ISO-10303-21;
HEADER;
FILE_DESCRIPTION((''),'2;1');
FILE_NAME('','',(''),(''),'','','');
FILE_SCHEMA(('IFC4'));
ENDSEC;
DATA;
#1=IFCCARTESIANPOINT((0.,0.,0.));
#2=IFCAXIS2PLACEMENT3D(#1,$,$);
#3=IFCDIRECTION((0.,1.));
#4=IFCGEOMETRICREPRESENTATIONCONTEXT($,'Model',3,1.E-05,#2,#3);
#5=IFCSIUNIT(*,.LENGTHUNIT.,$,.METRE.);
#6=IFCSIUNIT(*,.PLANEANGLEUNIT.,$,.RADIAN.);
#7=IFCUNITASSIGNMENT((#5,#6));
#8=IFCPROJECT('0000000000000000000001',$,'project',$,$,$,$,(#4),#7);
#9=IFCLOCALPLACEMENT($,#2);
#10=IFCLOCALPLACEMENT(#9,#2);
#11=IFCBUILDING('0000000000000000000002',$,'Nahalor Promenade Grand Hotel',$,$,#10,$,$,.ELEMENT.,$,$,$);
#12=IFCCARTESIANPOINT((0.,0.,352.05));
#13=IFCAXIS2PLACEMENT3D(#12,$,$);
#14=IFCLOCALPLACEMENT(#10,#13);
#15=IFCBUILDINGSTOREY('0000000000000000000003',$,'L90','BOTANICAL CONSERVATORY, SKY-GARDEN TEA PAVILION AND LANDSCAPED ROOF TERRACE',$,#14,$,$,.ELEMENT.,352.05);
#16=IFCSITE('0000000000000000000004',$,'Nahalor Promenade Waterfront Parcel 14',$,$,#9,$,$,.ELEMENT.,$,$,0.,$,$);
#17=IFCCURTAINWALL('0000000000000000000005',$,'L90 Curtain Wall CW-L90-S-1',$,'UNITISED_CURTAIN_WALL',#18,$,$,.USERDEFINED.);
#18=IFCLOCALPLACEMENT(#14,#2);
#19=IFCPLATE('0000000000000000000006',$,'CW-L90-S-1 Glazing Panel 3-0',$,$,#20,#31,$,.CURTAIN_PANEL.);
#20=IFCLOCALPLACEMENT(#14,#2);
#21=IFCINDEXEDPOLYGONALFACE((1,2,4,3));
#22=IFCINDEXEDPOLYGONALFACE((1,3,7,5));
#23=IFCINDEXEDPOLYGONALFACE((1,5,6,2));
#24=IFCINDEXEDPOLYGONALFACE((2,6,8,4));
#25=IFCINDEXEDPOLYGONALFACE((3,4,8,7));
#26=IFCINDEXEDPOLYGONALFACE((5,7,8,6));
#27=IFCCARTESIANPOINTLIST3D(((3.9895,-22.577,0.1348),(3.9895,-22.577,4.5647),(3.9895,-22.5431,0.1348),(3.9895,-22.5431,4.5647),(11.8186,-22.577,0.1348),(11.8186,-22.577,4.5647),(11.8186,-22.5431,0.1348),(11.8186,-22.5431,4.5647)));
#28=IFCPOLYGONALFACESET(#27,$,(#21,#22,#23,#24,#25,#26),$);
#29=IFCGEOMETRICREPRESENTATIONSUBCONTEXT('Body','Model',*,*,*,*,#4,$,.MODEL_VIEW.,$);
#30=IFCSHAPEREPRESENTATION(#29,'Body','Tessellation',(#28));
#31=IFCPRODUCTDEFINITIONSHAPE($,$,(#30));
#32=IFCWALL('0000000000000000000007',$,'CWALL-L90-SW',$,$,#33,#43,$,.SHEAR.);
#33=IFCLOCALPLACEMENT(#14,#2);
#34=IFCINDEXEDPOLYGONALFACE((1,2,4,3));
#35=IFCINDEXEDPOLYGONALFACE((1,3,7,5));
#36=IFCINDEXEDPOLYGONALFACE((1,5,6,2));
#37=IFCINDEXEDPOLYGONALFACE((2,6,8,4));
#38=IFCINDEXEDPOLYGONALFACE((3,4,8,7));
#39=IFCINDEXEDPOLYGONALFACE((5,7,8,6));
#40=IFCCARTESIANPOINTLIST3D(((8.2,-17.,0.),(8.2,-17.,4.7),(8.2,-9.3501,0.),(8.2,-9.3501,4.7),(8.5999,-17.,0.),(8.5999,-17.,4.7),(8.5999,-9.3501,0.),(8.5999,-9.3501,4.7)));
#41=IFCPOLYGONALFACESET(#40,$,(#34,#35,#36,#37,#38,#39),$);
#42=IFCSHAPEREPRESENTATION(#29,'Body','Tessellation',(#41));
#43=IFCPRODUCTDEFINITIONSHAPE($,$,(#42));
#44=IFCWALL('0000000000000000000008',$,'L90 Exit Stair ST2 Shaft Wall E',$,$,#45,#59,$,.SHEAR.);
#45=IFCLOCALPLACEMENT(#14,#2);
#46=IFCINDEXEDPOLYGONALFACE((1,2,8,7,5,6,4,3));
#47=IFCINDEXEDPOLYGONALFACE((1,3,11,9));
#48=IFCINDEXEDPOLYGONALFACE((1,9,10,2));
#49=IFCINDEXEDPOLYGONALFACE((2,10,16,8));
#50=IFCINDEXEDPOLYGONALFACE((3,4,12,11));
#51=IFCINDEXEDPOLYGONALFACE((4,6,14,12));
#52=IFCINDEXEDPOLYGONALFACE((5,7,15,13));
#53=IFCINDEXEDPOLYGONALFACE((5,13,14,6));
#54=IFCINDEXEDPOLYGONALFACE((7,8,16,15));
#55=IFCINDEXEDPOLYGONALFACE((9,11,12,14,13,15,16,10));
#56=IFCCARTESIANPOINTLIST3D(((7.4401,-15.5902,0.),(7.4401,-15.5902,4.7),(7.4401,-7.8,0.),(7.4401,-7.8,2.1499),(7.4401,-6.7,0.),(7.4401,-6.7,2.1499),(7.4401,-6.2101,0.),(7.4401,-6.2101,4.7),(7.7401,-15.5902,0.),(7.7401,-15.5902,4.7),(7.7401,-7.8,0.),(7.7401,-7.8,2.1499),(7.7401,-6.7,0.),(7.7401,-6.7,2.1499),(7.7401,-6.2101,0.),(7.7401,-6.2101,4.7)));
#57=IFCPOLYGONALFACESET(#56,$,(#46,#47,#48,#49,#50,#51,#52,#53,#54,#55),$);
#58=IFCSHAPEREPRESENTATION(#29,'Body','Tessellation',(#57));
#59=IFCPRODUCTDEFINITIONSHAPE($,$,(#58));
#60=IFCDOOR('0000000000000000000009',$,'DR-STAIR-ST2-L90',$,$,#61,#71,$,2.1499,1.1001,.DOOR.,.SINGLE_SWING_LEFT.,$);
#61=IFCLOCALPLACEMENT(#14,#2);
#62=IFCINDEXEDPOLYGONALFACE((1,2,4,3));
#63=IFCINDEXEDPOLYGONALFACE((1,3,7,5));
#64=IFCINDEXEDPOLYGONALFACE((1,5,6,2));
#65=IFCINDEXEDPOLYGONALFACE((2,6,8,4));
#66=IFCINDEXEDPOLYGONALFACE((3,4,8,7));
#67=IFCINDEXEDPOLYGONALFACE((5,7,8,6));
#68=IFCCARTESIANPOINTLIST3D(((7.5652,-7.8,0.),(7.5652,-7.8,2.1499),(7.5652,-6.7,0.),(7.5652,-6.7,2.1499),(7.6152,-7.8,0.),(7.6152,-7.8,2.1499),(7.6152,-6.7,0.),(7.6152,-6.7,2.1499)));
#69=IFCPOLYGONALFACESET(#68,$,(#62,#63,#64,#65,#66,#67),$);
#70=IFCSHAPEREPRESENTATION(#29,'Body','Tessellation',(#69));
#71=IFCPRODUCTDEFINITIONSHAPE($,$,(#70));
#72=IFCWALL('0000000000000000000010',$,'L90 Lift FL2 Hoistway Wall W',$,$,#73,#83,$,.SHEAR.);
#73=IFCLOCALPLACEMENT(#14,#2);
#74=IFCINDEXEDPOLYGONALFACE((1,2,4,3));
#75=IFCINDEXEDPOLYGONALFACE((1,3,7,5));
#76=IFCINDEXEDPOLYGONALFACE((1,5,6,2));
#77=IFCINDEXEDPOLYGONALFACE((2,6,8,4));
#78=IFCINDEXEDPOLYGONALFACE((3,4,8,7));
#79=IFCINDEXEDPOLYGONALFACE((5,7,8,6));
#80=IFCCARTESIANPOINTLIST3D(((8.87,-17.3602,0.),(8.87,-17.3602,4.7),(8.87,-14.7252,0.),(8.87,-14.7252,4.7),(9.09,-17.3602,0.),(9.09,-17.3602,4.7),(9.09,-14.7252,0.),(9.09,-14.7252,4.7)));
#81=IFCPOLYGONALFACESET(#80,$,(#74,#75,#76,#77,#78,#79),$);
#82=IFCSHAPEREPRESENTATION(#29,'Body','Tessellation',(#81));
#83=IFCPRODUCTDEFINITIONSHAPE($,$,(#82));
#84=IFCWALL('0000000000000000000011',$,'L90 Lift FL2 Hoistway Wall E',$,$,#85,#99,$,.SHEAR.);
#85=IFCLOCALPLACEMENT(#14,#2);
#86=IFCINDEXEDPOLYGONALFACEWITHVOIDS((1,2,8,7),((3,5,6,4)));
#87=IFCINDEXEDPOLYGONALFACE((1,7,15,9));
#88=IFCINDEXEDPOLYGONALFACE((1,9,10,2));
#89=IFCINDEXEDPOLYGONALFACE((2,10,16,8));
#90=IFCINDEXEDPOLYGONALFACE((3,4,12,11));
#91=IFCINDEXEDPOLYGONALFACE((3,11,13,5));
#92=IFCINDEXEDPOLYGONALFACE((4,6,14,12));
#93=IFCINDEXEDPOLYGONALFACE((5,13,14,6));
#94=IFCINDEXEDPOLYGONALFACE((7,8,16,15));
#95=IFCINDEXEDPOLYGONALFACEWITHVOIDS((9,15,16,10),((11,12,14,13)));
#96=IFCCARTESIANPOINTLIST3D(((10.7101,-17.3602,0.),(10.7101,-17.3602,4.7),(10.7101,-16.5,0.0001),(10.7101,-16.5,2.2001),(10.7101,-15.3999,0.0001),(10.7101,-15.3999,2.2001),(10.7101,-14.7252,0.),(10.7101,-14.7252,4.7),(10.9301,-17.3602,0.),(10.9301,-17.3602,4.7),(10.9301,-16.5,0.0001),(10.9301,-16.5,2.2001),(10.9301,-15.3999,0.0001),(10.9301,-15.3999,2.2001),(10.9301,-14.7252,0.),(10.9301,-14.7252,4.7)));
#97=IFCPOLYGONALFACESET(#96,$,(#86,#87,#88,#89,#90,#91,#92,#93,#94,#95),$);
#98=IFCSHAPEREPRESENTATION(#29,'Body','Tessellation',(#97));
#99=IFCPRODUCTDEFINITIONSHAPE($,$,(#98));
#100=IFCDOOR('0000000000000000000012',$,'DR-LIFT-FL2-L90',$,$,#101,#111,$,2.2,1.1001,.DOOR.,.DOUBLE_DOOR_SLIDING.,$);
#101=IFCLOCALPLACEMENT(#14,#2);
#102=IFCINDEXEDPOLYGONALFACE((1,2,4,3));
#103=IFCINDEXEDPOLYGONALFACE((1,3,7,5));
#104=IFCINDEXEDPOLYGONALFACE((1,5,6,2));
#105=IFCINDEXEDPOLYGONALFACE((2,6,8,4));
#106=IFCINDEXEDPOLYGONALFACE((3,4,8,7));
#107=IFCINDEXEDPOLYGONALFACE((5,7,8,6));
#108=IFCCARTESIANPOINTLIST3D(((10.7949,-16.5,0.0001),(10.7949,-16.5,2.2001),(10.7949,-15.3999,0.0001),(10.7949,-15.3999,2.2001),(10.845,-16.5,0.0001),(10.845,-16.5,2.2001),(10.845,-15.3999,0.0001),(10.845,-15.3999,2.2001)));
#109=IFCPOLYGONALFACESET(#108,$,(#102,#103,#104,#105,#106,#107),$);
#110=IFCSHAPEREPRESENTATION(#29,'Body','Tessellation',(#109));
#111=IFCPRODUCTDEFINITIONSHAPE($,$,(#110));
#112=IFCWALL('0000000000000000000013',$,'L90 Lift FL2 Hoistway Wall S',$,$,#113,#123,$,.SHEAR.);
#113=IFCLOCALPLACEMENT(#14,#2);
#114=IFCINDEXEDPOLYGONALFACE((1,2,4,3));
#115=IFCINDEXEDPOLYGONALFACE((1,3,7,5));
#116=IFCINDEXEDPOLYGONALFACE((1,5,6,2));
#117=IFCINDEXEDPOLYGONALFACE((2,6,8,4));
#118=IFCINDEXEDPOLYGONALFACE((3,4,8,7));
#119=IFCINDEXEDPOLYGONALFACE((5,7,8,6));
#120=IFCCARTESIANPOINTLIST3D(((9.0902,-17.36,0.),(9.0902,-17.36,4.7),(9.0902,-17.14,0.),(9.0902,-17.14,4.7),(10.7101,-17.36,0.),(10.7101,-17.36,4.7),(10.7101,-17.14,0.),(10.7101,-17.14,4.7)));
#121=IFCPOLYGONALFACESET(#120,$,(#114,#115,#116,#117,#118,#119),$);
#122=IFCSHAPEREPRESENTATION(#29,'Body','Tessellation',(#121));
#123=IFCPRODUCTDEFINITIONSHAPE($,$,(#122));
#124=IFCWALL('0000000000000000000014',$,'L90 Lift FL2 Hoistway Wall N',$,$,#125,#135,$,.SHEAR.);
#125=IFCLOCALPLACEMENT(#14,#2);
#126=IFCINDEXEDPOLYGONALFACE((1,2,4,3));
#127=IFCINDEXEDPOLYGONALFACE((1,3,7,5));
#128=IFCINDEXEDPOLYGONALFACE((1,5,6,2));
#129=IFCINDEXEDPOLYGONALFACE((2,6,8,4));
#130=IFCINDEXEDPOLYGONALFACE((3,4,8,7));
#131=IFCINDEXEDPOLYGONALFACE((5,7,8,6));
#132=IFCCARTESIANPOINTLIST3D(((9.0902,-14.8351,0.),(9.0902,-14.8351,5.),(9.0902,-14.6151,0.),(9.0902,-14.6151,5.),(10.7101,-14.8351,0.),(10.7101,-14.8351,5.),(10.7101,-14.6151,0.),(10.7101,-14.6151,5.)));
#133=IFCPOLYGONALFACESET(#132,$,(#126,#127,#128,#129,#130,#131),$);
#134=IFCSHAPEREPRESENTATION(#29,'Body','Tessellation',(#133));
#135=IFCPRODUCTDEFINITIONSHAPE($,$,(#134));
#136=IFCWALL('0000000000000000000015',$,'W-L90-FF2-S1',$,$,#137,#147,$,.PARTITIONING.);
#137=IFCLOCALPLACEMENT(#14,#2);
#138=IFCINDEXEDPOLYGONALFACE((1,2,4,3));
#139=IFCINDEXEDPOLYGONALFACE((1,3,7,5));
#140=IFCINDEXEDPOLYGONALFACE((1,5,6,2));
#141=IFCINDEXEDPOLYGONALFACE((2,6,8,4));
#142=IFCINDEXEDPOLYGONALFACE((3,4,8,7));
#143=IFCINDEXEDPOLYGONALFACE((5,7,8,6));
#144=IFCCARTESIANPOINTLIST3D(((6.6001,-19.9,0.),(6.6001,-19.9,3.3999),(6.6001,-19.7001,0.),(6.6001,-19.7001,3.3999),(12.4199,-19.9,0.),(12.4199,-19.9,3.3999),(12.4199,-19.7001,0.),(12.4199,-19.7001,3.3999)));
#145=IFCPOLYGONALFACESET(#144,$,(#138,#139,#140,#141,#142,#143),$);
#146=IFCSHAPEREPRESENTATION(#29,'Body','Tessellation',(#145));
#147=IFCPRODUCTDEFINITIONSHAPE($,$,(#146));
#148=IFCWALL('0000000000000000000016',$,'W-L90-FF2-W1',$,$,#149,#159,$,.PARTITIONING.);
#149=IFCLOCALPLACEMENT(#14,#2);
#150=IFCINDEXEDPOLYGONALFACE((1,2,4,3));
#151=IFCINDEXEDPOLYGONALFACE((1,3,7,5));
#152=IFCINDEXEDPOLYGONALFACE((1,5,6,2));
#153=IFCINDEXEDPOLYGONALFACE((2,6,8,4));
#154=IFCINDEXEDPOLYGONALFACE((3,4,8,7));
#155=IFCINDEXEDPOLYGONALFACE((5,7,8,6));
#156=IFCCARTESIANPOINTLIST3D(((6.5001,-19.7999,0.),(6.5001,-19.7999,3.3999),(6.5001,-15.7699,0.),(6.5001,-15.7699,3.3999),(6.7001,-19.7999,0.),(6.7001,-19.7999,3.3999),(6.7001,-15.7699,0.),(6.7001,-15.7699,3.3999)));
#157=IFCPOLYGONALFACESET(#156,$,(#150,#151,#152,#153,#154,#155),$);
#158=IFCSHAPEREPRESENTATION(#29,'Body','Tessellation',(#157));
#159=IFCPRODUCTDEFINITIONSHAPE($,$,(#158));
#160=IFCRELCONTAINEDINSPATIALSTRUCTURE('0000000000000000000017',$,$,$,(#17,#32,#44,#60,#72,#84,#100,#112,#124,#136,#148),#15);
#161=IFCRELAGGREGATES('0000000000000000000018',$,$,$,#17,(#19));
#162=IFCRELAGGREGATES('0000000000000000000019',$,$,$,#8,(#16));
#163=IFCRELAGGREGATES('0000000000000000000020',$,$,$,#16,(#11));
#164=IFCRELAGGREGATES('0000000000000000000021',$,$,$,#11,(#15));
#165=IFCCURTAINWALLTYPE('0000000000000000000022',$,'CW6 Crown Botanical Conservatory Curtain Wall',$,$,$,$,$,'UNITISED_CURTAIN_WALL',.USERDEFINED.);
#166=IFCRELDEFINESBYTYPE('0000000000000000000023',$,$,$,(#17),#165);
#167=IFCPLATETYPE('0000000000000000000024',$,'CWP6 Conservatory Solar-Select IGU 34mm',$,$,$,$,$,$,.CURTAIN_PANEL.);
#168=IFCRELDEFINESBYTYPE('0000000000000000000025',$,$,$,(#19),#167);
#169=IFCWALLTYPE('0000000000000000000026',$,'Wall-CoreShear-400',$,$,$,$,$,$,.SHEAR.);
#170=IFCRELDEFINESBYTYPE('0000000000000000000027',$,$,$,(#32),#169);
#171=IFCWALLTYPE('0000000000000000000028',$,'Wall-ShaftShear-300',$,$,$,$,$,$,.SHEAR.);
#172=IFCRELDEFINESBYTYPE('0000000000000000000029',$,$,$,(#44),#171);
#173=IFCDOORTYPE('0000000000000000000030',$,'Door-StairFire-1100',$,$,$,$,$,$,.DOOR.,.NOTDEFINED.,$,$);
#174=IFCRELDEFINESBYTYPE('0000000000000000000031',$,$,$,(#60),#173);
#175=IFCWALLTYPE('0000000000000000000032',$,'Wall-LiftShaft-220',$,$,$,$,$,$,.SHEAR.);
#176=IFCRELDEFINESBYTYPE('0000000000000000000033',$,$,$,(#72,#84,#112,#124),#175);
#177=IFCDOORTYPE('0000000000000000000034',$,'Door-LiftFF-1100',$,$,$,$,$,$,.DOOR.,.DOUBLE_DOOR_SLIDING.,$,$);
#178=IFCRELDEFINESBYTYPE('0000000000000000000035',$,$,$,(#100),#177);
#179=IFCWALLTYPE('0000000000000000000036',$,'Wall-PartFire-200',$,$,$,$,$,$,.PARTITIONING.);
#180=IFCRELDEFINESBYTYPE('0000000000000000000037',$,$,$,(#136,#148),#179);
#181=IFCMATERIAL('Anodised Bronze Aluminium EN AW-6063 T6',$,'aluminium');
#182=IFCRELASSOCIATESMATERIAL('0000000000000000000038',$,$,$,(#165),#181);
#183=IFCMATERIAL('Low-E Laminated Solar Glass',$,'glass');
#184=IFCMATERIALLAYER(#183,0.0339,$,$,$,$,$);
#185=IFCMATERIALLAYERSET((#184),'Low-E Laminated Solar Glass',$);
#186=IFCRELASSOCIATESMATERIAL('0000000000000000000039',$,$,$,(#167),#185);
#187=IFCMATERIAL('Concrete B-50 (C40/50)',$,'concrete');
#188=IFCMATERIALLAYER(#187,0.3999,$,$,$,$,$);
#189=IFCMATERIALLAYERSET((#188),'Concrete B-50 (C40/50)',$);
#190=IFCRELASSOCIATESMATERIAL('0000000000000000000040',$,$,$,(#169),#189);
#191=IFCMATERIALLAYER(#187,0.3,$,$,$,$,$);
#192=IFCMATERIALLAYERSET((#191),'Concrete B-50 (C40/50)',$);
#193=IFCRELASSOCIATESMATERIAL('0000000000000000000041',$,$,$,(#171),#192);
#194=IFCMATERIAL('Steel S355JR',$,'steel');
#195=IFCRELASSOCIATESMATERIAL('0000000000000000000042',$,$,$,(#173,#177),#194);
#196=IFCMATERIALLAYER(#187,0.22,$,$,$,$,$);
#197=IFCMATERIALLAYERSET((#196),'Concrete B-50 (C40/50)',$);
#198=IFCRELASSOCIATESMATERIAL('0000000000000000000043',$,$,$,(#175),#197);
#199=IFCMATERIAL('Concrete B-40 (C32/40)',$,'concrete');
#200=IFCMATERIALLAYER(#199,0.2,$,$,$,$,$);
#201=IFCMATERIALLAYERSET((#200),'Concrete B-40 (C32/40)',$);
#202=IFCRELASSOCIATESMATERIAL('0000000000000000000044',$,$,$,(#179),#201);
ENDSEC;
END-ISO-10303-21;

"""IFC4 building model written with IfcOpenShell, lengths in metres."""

from ifc_helpers import new_model, si_unit, direction, frame, frame_2d, origin, origin_2d, place, context, subcontext, project, spatial, rectangle, extrude, source, transform, mapped, material, layer, layer_set, type_object, element, fill, aggregate, save


model = new_model("IFC4")

# Units and contexts
model_context = context("Model", 3, precision=1e-05, world=origin(), true_north=direction((0.0, 1.0)))
body_context = subcontext(model_context, "Body", "Model", "MODEL_VIEW")
ifc_project = project(units=[si_unit("LENGTHUNIT", "METRE"), si_unit("PLANEANGLEUNIT", "RADIAN")], contexts=[model_context])

# Site, building, storey
site_placement = place(None, origin())
site = spatial("IfcSite", under=ifc_project, at=site_placement, Name="Nahalor Promenade Waterfront Parcel 14", CompositionType="ELEMENT", RefElevation=0.0)
building_placement = place(site_placement, origin())
building = spatial("IfcBuilding", under=site, at=building_placement, Name="Nahalor Promenade Grand Hotel", CompositionType="ELEMENT")
storey_placement = place(building_placement, frame((0.0, 0.0, 352.05)))
storey = spatial("IfcBuildingStorey", under=building, at=storey_placement, Name="L90", Description="BOTANICAL CONSERVATORY, SKY-GARDEN TEA PAVILION AND LANDSCAPED ROOF TERRACE", CompositionType="ELEMENT", Elevation=352.05)

# Shared definitions
ifc_material_1 = material(Name="Concrete B-50 (C40/50)", Category="concrete")
ifc_material_2 = material(Name="Steel S355JR", Category="steel")

# Curtain wall, plate
ifc_material_3 = material(Name="Anodised Bronze Aluminium EN AW-6063 T6", Category="aluminium")
curtain_wall_type = type_object("IfcCurtainWallType", Name="CW6 Crown Botanical Conservatory Curtain Wall", ElementType="UNITISED_CURTAIN_WALL", PredefinedType="USERDEFINED", material=ifc_material_3)
curtain_wall_placement = place(storey_placement, origin())
curtain_wall = element("IfcCurtainWall", 1, at=curtain_wall_placement, inside=storey, type_object=curtain_wall_type, Name="L90 Curtain Wall CW-L90-S-1", ObjectType="UNITISED_CURTAIN_WALL", PredefinedType="USERDEFINED")
ifc_material_4 = material(Name="Low-E Laminated Solar Glass", Category="glass")
ifc_layer_1 = layer(ifc_material_4, 0.0339)
ifc_layer_set_1 = layer_set([ifc_layer_1], Name="Low-E Laminated Solar Glass")
plate_type = type_object("IfcPlateType", Name="CWP6 Conservatory Solar-Select IGU 34mm", PredefinedType="CURTAIN_PANEL", material=ifc_layer_set_1)
shared_shape_1 = source(origin(), body_context, "Body", "SweptSolid", [
    extrude(rectangle(XDim=7.8291, YDim=0.0339, at=origin_2d()), origin(), (0.0, 0.0, 1.0), 4.4299),
])
plate_placement = place(storey_placement, frame((7.9041, -22.5601, 0.1348), z_axis=(0.0, 0.0, 1.0), x_axis=(1.0, 0.0, 0.0)))
plate = element("IfcPlate", 2, at=plate_placement, type_object=plate_type, Name="CW-L90-S-1 Glazing Panel 3-0", PredefinedType="CURTAIN_PANEL", context=body_context, shape_type="MappedRepresentation", body=[
    mapped(shared_shape_1, transform((0.0, 0.0, 0.0), scale=1.0)),
])
aggregate(curtain_wall, [plate])

# Wall
ifc_layer_2 = layer(ifc_material_1, 0.3999)
ifc_layer_set_2 = layer_set([ifc_layer_2], Name="Concrete B-50 (C40/50)")
wall_type_1 = type_object("IfcWallType", Name="Wall-CoreShear-400", PredefinedType="SHEAR", material=ifc_layer_set_2)
shared_shape_2 = source(origin(), body_context, "Body", "SweptSolid", [
    extrude(rectangle(XDim=7.6499, YDim=0.3999, at=frame_2d((3.825, 0.0))), origin(), (0.0, 0.0, 1.0), 4.7),
])
wall_1_placement = place(storey_placement, frame((8.3999, -17.0, 0.0), z_axis=(0.0, 0.0, 1.0), x_axis=(0.0, 1.0, 0.0)))
element("IfcWall", 3, at=wall_1_placement, inside=storey, type_object=wall_type_1, Name="CWALL-L90-SW", PredefinedType="SHEAR", context=body_context, shape_type="MappedRepresentation", body=[
    mapped(shared_shape_2, transform((0.0, 0.0, 0.0), scale=1.0)),
])

# Wall, opening, door
ifc_layer_3 = layer(ifc_material_1, 0.3)
ifc_layer_set_3 = layer_set([ifc_layer_3], Name="Concrete B-50 (C40/50)")
wall_type_2 = type_object("IfcWallType", Name="Wall-ShaftShear-300", PredefinedType="SHEAR", material=ifc_layer_set_3)
shared_shape_3 = source(origin(), body_context, "Body", "SweptSolid", [
    extrude(rectangle(XDim=9.3801, YDim=0.3, at=frame_2d((4.6899, 0.0))), origin(), (0.0, 0.0, 1.0), 4.7),
])
wall_2_placement = place(storey_placement, frame((7.5901, -15.5901, 0.0), z_axis=(0.0, 0.0, 1.0), x_axis=(0.0, 1.0, 0.0)))
wall_2 = element("IfcWall", 4, at=wall_2_placement, inside=storey, type_object=wall_type_2, Name="L90 Exit Stair ST2 Shaft Wall E", PredefinedType="SHEAR", context=body_context, shape_type="MappedRepresentation", body=[
    mapped(shared_shape_3, transform((0.0, 0.0, 0.0), scale=1.0)),
])
opening_1_placement = place(wall_2_placement, frame((7.79, 0.0, 0.0)))
opening_1 = element("IfcOpeningElement", 5, at=opening_1_placement, cuts=wall_2, PredefinedType="OPENING", context=body_context, shape_type="SweptSolid", body=[
    extrude(rectangle(XDim=1.1001, YDim=2.1499, at=frame_2d((0.55, 1.075))), frame((0.0, 0.1599, 0.0), z_axis=(0.0, -1.0, 0.0), x_axis=(1.0, 0.0, 0.0)), (0.0, 0.0, 1.0), 0.3201),
])
door_type_1 = type_object("IfcDoorType", Name="Door-StairFire-1100", OperationType="NOTDEFINED", PredefinedType="DOOR", material=ifc_material_2)
shared_shape_4 = source(origin(), body_context, "Body", "SweptSolid", [
    extrude(rectangle(XDim=1.1001, YDim=2.1499, at=frame_2d((0.55, 1.075))), frame((0.0, 0.0249, 0.0), z_axis=(0.0, -1.0, 0.0), x_axis=(1.0, 0.0, 0.0)), (0.0, 0.0, 1.0), 0.05),
])
door_1_placement = place(opening_1_placement, origin())
door_1 = element("IfcDoor", 6, at=door_1_placement, inside=storey, type_object=door_type_1, Name="DR-STAIR-ST2-L90", OperationType="SINGLE_SWING_LEFT", OverallHeight=2.1499, OverallWidth=1.1001, PredefinedType="DOOR", context=body_context, shape_type="MappedRepresentation", body=[
    mapped(shared_shape_4, transform((0.0, 0.0, 0.0), scale=1.0)),
])
fill(opening_1, door_1)

# Wall
ifc_layer_4 = layer(ifc_material_1, 0.22)
ifc_layer_set_4 = layer_set([ifc_layer_4], Name="Concrete B-50 (C40/50)")
wall_type_3 = type_object("IfcWallType", Name="Wall-LiftShaft-220", PredefinedType="SHEAR", material=ifc_layer_set_4)
shared_shape_5 = source(origin(), body_context, "Body", "SweptSolid", [
    extrude(rectangle(XDim=2.635, YDim=0.22, at=frame_2d((1.3174, 0.0))), origin(), (0.0, 0.0, 1.0), 4.7),
])
wall_3_placement = place(storey_placement, frame((8.98, -17.3601, 0.0), z_axis=(0.0, 0.0, 1.0), x_axis=(0.0, 1.0, 0.0)))
element("IfcWall", 7, at=wall_3_placement, inside=storey, type_object=wall_type_3, Name="L90 Lift FL2 Hoistway Wall W", PredefinedType="SHEAR", context=body_context, shape_type="MappedRepresentation", body=[
    mapped(shared_shape_5, transform((0.0, 0.0, 0.0), scale=1.0)),
])

# Wall, opening, door
wall_4_placement = place(storey_placement, frame((10.8201, -17.3601, 0.0), z_axis=(0.0, 0.0, 1.0), x_axis=(0.0, 1.0, 0.0)))
wall_4 = element("IfcWall", 8, at=wall_4_placement, inside=storey, type_object=wall_type_3, Name="L90 Lift FL2 Hoistway Wall E", PredefinedType="SHEAR", context=body_context, shape_type="MappedRepresentation", body=[
    mapped(shared_shape_5, transform((0.0, 0.0, 0.0), scale=1.0)),
])
opening_2_placement = place(wall_4_placement, frame((0.8601, 0.0, 0.0)))
opening_2 = element("IfcOpeningElement", 9, at=opening_2_placement, cuts=wall_4, PredefinedType="OPENING", context=body_context, shape_type="SweptSolid", body=[
    extrude(rectangle(XDim=1.1001, YDim=2.2, at=frame_2d((0.55, 1.1001))), frame((0.0, 0.1199, 0.0), z_axis=(0.0, -1.0, 0.0), x_axis=(1.0, 0.0, 0.0)), (0.0, 0.0, 1.0), 0.24),
])
door_type_2 = type_object("IfcDoorType", Name="Door-LiftFF-1100", OperationType="DOUBLE_DOOR_SLIDING", PredefinedType="DOOR", material=ifc_material_2)
shared_shape_6 = source(origin(), body_context, "Body", "SweptSolid", [
    extrude(rectangle(XDim=1.1001, YDim=2.2, at=frame_2d((0.55, 1.1001))), frame((0.0, 0.0249, 0.0), z_axis=(0.0, -1.0, 0.0), x_axis=(1.0, 0.0, 0.0)), (0.0, 0.0, 1.0), 0.05),
])
door_2_placement = place(opening_2_placement, frame((1.1001, 0.0, 0.0), z_axis=(0.0, 0.0, 1.0), x_axis=(-1.0, 0.0, 0.0)))
door_2 = element("IfcDoor", 10, at=door_2_placement, inside=storey, type_object=door_type_2, Name="DR-LIFT-FL2-L90", OperationType="DOUBLE_DOOR_SLIDING", OverallHeight=2.2, OverallWidth=1.1001, PredefinedType="DOOR", context=body_context, shape_type="MappedRepresentation", body=[
    mapped(shared_shape_6, transform((0.0, 0.0, 0.0), scale=1.0)),
])
fill(opening_2, door_2)

# Walls
shared_shape_7 = source(origin(), body_context, "Body", "SweptSolid", [
    extrude(rectangle(XDim=1.6199, YDim=0.22, at=frame_2d((0.8101, 0.0))), origin(), (0.0, 0.0, 1.0), 4.7),
])
wall_5_placement = place(storey_placement, frame((9.0901, -17.25, 0.0), z_axis=(0.0, 0.0, 1.0), x_axis=(1.0, 0.0, 0.0)))
element("IfcWall", 11, at=wall_5_placement, inside=storey, type_object=wall_type_3, Name="L90 Lift FL2 Hoistway Wall S", PredefinedType="SHEAR", context=body_context, shape_type="MappedRepresentation", body=[
    mapped(shared_shape_7, transform((0.0, 0.0, 0.0), scale=1.0)),
])
shared_shape_8 = source(origin(), body_context, "Body", "SweptSolid", [
    extrude(rectangle(XDim=1.6199, YDim=0.22, at=frame_2d((0.8101, 0.0))), origin(), (0.0, 0.0, 1.0), 5.0),
])
wall_6_placement = place(storey_placement, frame((9.0901, -14.7251, 0.0), z_axis=(0.0, 0.0, 1.0), x_axis=(1.0, 0.0, 0.0)))
element("IfcWall", 12, at=wall_6_placement, inside=storey, type_object=wall_type_3, Name="L90 Lift FL2 Hoistway Wall N", PredefinedType="SHEAR", context=body_context, shape_type="MappedRepresentation", body=[
    mapped(shared_shape_8, transform((0.0, 0.0, 0.0), scale=1.0)),
])
ifc_material_5 = material(Name="Concrete B-40 (C32/40)", Category="concrete")
ifc_layer_5 = layer(ifc_material_5, 0.2)
ifc_layer_set_5 = layer_set([ifc_layer_5], Name="Concrete B-40 (C32/40)")
wall_type_4 = type_object("IfcWallType", Name="Wall-PartFire-200", PredefinedType="PARTITIONING", material=ifc_layer_set_5)
shared_shape_9 = source(origin(), body_context, "Body", "SweptSolid", [
    extrude(rectangle(XDim=5.8198, YDim=0.2, at=frame_2d((2.9099, 0.0))), origin(), (0.0, 0.0, 1.0), 3.3999),
])
wall_7_placement = place(storey_placement, frame((6.6001, -19.8, 0.0), z_axis=(0.0, 0.0, 1.0), x_axis=(1.0, 0.0, 0.0)))
element("IfcWall", 13, at=wall_7_placement, inside=storey, type_object=wall_type_4, Name="W-L90-FF2-S1", PredefinedType="PARTITIONING", context=body_context, shape_type="MappedRepresentation", body=[
    mapped(shared_shape_9, transform((0.0, 0.0, 0.0), scale=1.0)),
])
shared_shape_10 = source(origin(), body_context, "Body", "SweptSolid", [
    extrude(rectangle(XDim=4.03, YDim=0.2, at=frame_2d((2.0151, 0.0))), origin(), (0.0, 0.0, 1.0), 3.3999),
])
wall_8_placement = place(storey_placement, frame((6.6001, -19.8, 0.0), z_axis=(0.0, 0.0, 1.0), x_axis=(0.0, 1.0, 0.0)))
element("IfcWall", 14, at=wall_8_placement, inside=storey, type_object=wall_type_4, Name="W-L90-FF2-W1", PredefinedType="PARTITIONING", context=body_context, shape_type="MappedRepresentation", body=[
    mapped(shared_shape_10, transform((0.0, 0.0, 0.0), scale=1.0)),
])

save(model, "model.ifc")
